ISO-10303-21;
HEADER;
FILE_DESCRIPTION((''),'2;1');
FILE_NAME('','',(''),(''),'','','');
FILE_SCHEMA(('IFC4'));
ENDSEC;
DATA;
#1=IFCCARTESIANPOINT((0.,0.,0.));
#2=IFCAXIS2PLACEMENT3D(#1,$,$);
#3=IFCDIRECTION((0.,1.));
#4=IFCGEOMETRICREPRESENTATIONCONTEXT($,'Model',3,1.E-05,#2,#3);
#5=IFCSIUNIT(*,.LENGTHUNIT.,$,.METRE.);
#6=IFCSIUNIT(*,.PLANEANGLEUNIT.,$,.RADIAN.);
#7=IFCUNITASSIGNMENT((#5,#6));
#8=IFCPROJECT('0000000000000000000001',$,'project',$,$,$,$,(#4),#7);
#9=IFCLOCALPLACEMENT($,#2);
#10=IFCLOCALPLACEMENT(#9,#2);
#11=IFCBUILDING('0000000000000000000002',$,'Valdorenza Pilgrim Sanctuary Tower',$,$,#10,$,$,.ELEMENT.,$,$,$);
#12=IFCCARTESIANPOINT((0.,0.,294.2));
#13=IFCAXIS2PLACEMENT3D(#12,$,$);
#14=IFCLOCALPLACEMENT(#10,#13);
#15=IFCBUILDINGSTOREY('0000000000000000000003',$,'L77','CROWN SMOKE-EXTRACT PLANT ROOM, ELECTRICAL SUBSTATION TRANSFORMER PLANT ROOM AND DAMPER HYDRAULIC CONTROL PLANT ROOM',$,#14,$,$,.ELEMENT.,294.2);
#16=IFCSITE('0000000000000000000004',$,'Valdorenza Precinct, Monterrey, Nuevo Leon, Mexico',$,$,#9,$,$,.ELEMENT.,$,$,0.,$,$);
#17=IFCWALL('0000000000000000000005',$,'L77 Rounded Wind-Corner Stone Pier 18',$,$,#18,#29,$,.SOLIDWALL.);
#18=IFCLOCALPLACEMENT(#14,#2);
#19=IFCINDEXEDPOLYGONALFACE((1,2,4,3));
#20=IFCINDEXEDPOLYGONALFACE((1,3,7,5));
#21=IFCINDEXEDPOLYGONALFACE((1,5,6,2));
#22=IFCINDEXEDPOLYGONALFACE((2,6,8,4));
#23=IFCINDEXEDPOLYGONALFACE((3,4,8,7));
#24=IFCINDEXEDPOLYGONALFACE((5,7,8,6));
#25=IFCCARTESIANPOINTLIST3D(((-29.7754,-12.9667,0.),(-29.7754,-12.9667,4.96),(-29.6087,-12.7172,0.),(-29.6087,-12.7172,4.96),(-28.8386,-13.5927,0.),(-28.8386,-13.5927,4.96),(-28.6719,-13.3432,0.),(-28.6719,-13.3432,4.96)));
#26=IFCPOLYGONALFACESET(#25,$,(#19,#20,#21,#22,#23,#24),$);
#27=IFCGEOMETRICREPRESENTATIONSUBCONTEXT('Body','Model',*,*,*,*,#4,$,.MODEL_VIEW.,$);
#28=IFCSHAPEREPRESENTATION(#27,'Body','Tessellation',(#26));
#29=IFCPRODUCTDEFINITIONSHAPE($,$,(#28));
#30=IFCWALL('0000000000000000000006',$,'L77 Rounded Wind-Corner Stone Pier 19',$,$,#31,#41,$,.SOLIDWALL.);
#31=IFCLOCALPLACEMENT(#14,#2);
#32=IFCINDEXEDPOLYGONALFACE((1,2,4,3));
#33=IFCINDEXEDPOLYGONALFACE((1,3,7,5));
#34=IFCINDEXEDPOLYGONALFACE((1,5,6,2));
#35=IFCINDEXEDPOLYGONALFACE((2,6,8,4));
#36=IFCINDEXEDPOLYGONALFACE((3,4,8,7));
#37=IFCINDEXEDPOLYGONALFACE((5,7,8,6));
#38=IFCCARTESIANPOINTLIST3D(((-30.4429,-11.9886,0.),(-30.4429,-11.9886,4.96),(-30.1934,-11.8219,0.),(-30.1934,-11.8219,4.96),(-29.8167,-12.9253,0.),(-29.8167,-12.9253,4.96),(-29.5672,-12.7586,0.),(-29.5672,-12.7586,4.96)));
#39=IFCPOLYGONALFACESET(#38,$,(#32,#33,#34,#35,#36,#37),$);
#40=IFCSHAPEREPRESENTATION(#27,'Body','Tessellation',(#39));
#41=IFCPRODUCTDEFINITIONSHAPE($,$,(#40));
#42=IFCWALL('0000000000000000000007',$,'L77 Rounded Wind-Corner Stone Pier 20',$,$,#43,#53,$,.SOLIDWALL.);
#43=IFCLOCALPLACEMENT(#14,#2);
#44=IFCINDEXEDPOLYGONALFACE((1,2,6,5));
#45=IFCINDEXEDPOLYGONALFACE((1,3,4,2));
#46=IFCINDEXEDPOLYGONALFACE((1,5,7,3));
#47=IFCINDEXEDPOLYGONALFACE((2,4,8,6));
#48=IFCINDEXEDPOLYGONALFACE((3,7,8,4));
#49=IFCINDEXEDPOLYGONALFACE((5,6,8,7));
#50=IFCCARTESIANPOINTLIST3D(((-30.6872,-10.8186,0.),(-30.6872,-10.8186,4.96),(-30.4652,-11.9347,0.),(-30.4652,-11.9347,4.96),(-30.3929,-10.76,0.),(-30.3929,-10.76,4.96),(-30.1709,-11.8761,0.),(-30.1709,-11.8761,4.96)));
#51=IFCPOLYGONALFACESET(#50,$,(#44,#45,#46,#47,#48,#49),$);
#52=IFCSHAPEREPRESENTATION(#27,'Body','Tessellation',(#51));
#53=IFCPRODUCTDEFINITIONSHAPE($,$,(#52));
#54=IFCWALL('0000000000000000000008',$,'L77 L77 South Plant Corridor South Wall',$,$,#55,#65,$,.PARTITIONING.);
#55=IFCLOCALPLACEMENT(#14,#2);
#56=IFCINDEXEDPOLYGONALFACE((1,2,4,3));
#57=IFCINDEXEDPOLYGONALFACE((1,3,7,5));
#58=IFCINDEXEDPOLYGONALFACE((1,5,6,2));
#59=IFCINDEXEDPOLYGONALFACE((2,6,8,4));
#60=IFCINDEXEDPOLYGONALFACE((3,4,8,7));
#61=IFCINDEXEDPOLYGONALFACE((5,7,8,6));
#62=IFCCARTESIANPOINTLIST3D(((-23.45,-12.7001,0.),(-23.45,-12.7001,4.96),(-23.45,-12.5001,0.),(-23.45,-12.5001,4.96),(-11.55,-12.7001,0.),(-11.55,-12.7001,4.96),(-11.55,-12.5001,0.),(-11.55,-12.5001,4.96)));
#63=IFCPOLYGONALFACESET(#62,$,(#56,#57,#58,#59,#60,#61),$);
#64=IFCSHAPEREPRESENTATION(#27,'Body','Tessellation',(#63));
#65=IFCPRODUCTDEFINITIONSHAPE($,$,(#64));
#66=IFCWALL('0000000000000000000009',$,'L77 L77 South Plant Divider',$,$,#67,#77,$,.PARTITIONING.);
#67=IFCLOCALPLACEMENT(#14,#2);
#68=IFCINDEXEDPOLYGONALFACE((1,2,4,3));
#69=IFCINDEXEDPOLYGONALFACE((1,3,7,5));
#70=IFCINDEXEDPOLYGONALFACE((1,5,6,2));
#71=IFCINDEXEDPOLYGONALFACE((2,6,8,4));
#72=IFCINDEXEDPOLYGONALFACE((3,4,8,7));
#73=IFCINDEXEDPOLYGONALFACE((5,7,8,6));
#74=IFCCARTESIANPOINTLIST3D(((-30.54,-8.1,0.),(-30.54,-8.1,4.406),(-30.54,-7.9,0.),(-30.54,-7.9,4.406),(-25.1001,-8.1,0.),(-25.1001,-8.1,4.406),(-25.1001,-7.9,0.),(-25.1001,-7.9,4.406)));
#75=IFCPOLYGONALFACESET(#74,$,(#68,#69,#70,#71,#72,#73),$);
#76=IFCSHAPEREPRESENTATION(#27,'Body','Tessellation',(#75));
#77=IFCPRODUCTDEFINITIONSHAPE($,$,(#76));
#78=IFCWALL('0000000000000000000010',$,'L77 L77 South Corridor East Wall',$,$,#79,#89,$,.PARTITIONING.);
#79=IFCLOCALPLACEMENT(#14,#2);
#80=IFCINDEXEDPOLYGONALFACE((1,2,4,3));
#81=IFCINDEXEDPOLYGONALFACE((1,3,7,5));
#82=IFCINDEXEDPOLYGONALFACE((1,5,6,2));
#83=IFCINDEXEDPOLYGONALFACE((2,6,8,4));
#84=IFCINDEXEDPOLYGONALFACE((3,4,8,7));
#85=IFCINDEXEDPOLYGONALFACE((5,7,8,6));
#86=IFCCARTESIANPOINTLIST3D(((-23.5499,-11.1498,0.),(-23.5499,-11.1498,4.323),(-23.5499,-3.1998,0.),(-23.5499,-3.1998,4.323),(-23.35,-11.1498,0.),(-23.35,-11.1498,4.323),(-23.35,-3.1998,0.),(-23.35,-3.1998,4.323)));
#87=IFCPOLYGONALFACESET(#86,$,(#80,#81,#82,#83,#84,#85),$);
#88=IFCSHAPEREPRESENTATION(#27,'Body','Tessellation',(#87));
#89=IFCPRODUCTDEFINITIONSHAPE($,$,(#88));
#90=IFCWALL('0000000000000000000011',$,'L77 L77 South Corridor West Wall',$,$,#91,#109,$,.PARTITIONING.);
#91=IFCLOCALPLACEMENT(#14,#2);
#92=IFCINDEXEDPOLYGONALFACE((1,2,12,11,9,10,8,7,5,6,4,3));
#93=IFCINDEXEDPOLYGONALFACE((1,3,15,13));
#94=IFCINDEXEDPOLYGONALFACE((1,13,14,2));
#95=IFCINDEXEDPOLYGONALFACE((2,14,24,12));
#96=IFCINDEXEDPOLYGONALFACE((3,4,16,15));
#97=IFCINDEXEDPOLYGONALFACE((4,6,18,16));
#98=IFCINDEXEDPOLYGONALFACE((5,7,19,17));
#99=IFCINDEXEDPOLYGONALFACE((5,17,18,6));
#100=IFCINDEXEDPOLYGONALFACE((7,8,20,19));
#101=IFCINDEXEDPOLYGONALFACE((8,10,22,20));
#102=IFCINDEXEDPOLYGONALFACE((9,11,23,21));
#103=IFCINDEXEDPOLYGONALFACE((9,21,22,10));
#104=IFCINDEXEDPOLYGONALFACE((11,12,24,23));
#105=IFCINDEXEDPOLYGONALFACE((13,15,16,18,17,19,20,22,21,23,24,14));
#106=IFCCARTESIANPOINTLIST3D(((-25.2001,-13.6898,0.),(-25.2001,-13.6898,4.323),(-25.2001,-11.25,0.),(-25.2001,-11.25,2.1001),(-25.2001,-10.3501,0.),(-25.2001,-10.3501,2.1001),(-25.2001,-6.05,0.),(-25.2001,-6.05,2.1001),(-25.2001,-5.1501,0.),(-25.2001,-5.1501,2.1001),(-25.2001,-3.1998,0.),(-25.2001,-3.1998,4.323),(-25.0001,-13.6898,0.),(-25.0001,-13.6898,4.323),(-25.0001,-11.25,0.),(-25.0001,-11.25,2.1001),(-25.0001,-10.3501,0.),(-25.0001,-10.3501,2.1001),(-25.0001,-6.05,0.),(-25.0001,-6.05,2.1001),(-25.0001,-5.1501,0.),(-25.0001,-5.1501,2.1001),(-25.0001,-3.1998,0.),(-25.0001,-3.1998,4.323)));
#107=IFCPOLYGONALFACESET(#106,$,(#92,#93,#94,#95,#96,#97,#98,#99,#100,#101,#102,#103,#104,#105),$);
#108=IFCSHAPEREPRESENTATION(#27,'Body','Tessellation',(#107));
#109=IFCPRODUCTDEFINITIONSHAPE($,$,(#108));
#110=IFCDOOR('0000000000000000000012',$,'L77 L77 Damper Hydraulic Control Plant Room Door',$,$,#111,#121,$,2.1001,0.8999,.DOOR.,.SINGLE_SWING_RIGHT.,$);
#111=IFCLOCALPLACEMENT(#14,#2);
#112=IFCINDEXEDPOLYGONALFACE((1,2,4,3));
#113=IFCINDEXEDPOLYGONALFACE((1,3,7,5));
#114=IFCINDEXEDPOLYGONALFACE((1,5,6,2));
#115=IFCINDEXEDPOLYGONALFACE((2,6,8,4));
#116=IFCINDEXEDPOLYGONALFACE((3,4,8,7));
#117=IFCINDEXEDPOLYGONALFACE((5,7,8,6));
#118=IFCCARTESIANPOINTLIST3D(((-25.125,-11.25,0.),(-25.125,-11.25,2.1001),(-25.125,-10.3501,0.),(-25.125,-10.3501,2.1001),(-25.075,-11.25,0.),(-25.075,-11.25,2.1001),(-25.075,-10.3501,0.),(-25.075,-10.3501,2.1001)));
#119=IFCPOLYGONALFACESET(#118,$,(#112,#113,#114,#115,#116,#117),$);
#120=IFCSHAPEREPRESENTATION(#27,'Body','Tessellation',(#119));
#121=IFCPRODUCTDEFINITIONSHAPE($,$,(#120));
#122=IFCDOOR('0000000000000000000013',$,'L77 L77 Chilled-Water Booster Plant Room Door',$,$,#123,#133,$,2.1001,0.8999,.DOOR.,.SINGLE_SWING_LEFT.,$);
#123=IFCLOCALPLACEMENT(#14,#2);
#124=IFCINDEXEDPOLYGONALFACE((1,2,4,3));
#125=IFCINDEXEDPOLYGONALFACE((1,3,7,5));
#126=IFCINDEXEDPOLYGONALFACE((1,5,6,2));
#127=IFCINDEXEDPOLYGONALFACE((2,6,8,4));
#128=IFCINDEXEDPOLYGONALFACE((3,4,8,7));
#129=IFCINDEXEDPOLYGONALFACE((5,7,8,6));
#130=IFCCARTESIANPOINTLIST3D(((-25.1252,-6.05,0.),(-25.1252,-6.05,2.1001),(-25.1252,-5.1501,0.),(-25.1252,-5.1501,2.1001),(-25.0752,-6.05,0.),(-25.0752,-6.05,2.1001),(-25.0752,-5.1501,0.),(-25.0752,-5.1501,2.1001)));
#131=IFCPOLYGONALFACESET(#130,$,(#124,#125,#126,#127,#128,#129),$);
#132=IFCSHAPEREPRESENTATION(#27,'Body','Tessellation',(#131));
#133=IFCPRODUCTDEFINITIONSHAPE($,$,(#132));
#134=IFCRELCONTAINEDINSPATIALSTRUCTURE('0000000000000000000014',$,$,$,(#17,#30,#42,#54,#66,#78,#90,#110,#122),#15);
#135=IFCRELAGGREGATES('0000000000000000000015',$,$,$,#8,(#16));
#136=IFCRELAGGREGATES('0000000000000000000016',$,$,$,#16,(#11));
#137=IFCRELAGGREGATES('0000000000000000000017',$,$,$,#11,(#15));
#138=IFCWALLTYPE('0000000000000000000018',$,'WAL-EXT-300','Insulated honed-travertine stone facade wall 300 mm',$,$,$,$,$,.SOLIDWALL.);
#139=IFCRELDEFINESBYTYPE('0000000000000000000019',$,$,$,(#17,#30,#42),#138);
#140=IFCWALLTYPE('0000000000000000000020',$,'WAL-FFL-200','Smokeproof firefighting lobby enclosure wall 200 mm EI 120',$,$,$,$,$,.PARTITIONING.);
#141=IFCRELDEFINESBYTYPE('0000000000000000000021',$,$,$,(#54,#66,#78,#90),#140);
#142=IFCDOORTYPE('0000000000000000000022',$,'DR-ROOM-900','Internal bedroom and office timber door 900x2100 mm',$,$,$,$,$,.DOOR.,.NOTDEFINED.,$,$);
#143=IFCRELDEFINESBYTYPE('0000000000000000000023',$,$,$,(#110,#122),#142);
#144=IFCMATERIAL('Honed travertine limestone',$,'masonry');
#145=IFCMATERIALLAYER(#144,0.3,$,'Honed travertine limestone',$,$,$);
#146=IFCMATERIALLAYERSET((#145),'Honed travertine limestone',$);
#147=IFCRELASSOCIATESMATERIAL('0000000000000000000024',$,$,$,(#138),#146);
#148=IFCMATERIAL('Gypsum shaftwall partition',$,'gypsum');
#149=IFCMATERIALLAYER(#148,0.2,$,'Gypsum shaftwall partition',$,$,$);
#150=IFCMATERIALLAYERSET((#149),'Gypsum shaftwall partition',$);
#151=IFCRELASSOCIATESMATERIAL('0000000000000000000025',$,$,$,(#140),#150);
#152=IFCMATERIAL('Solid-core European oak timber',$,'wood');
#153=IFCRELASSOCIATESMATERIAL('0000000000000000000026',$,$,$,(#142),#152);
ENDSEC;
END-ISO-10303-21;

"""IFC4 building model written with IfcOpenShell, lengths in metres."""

from ifc_helpers import new_model, si_unit, direction, frame, frame_2d, origin, place, context, subcontext, project, spatial, rectangle, extrude, material, layer, layer_set, type_object, element, fill, save


model = new_model("IFC4")

# Units and contexts
model_context = context("Model", 3, precision=1e-05, world=origin(), true_north=direction((0.0, 1.0)))
body_context = subcontext(model_context, "Body", "Model", "MODEL_VIEW")
ifc_project = project(units=[si_unit("LENGTHUNIT", "METRE"), si_unit("PLANEANGLEUNIT", "RADIAN")], contexts=[model_context])

# Site, building, storey
site_placement = place(None, origin())
site = spatial("IfcSite", under=ifc_project, at=site_placement, Name="Valdorenza Precinct, Monterrey, Nuevo Leon, Mexico", CompositionType="ELEMENT", RefElevation=0.0)
building_placement = place(site_placement, origin())
building = spatial("IfcBuilding", under=site, at=building_placement, Name="Valdorenza Pilgrim Sanctuary Tower", CompositionType="ELEMENT")
storey_placement = place(building_placement, frame((0.0, 0.0, 294.2)))
storey = spatial("IfcBuildingStorey", under=building, at=storey_placement, Name="L77", Description="CROWN SMOKE-EXTRACT PLANT ROOM, ELECTRICAL SUBSTATION TRANSFORMER PLANT ROOM AND DAMPER HYDRAULIC CONTROL PLANT ROOM", CompositionType="ELEMENT", Elevation=294.2)

# Walls
ifc_material_1 = material(Name="Honed travertine limestone", Category="masonry")
ifc_layer_1 = layer(ifc_material_1, 0.3, Name="Honed travertine limestone")
ifc_layer_set_1 = layer_set([ifc_layer_1], Name="Honed travertine limestone")
wall_type_1 = type_object("IfcWallType", Name="WAL-EXT-300", Description="Insulated honed-travertine stone facade wall 300 mm", PredefinedType="SOLIDWALL", material=ifc_layer_set_1)
for number, where, z_axis, x_axis, name in (
    (1, (-28.7551, -13.468, 0.0), (0.0, 0.0, 1.0), (-0.83145, 0.5556, 0.0), "L77 Rounded Wind-Corner Stone Pier 18"),
    (2, (-29.6919, -12.842, 0.0), (0.0, 0.0, 1.0), (-0.55575, 0.83135, 0.0), "L77 Rounded Wind-Corner Stone Pier 19"),
):
    element("IfcWall", number, at=place(storey_placement, frame(where, z_axis=z_axis, x_axis=x_axis)), inside=storey, type_object=wall_type_1, Name=name, PredefinedType="SOLIDWALL", context=body_context, shape_type="SweptSolid", body=[
        extrude(rectangle(XDim=1.1267, YDim=0.3, at=frame_2d((0.5635, 0.0))), origin(), (0.0, 0.0, 1.0), 4.96),
    ])
wall_1_placement = place(storey_placement, frame((-30.3181, -11.9053, 0.0), z_axis=(0.0, 0.0, 1.0), x_axis=(-0.195043, 0.980795, 0.0)))
element("IfcWall", 3, at=wall_1_placement, inside=storey, type_object=wall_type_1, Name="L77 Rounded Wind-Corner Stone Pier 20", PredefinedType="SOLIDWALL", context=body_context, shape_type="SweptSolid", body=[
    extrude(rectangle(XDim=1.1379, YDim=0.3, at=frame_2d((0.5688, 0.0))), origin(), (0.0, 0.0, 1.0), 4.96),
])
ifc_material_2 = material(Name="Gypsum shaftwall partition", Category="gypsum")
ifc_layer_2 = layer(ifc_material_2, 0.2, Name="Gypsum shaftwall partition")
ifc_layer_set_2 = layer_set([ifc_layer_2], Name="Gypsum shaftwall partition")
wall_type_2 = type_object("IfcWallType", Name="WAL-FFL-200", Description="Smokeproof firefighting lobby enclosure wall 200 mm EI 120", PredefinedType="PARTITIONING", material=ifc_layer_set_2)
wall_2_placement = place(storey_placement, frame((-23.45, -12.6001, 0.0), z_axis=(0.0, 0.0, 1.0), x_axis=(1.0, 0.0, 0.0)))
element("IfcWall", 4, at=wall_2_placement, inside=storey, type_object=wall_type_2, Name="L77 L77 South Plant Corridor South Wall", PredefinedType="PARTITIONING", context=body_context, shape_type="SweptSolid", body=[
    extrude(rectangle(XDim=11.8999, YDim=0.2, at=frame_2d((5.95, 0.0))), origin(), (0.0, 0.0, 1.0), 4.96),
])
wall_3_placement = place(storey_placement, frame((-30.54, -8.0, 0.0), z_axis=(0.0, 0.0, 1.0), x_axis=(1.0, 0.0, 0.0)))
element("IfcWall", 5, at=wall_3_placement, inside=storey, type_object=wall_type_2, Name="L77 L77 South Plant Divider", PredefinedType="PARTITIONING", context=body_context, shape_type="SweptSolid", body=[
    extrude(rectangle(XDim=5.4399, YDim=0.2, at=frame_2d((2.72, 0.0))), origin(), (0.0, 0.0, 1.0), 4.406),
])
wall_4_placement = place(storey_placement, frame((-23.45, -11.1499, 0.0), z_axis=(0.0, 0.0, 1.0), x_axis=(0.0, 1.0, 0.0)))
element("IfcWall", 6, at=wall_4_placement, inside=storey, type_object=wall_type_2, Name="L77 L77 South Corridor East Wall", PredefinedType="PARTITIONING", context=body_context, shape_type="SweptSolid", body=[
    extrude(rectangle(XDim=7.95, YDim=0.2, at=frame_2d((3.9751, 0.0))), origin(), (0.0, 0.0, 1.0), 4.323),
])

# Wall, openings, doors
wall_5_placement = place(storey_placement, frame((-25.1001, -13.6899, 0.0), z_axis=(0.0, 0.0, 1.0), x_axis=(0.0, 1.0, 0.0)))
wall_5 = element("IfcWall", 7, at=wall_5_placement, inside=storey, type_object=wall_type_2, Name="L77 L77 South Corridor West Wall", PredefinedType="PARTITIONING", context=body_context, shape_type="SweptSolid", body=[
    extrude(rectangle(XDim=10.49, YDim=0.2, at=frame_2d((5.2451, 0.0))), origin(), (0.0, 0.0, 1.0), 4.323),
])
opening_1_placement = place(wall_5_placement, frame((2.4399, 0.0, 0.0)))
opening_1 = element("IfcOpeningElement", 8, at=opening_1_placement, cuts=wall_5, PredefinedType="OPENING", context=body_context, shape_type="SweptSolid", body=[
    extrude(rectangle(XDim=0.8999, YDim=2.1001, at=frame_2d((0.45, 1.05))), frame((0.0, 0.1147, 0.0), z_axis=(0.0, -1.0, 0.0), x_axis=(1.0, 0.0, 0.0)), (0.0, 0.0, 1.0), 0.2297),
])
opening_2_placement = place(wall_5_placement, frame((7.6399, 0.0, 0.0)))
opening_2 = element("IfcOpeningElement", 9, at=opening_2_placement, cuts=wall_5, PredefinedType="OPENING", context=body_context, shape_type="SweptSolid", body=[
    extrude(rectangle(XDim=0.8999, YDim=2.1001, at=frame_2d((0.45, 1.05))), frame((0.0, 0.1147, 0.0), z_axis=(0.0, -1.0, 0.0), x_axis=(1.0, 0.0, 0.0)), (0.0, 0.0, 1.0), 0.2297),
])
ifc_material_3 = material(Name="Solid-core European oak timber", Category="wood")
door_type = type_object("IfcDoorType", Name="DR-ROOM-900", Description="Internal bedroom and office timber door 900x2100 mm", OperationType="NOTDEFINED", PredefinedType="DOOR", material=ifc_material_3)
door_1_placement = place(opening_1_placement, origin())
door_1 = element("IfcDoor", 10, at=door_1_placement, inside=storey, type_object=door_type, Name="L77 L77 Damper Hydraulic Control Plant Room Door", OperationType="SINGLE_SWING_RIGHT", OverallHeight=2.1001, OverallWidth=0.8999, PredefinedType="DOOR", context=body_context, shape_type="SweptSolid", body=[
    extrude(rectangle(XDim=0.8999, YDim=2.1001, at=frame_2d((0.45, 1.05))), frame((0.0, 0.0249, 0.0), z_axis=(0.0, -1.0, 0.0), x_axis=(1.0, 0.0, 0.0)), (0.0, 0.0, 1.0), 0.05),
])
fill(opening_1, door_1)
door_2_placement = place(opening_2_placement, frame((0.8999, 0.0, 0.0), z_axis=(0.0, 0.0, 1.0), x_axis=(-1.0, 0.0, 0.0)))
door_2 = element("IfcDoor", 11, at=door_2_placement, inside=storey, type_object=door_type, Name="L77 L77 Chilled-Water Booster Plant Room Door", OperationType="SINGLE_SWING_LEFT", OverallHeight=2.1001, OverallWidth=0.8999, PredefinedType="DOOR", context=body_context, shape_type="SweptSolid", body=[
    extrude(rectangle(XDim=0.8999, YDim=2.1001, at=frame_2d((0.45, 1.05))), frame((0.0, 0.0249, 0.0), z_axis=(0.0, -1.0, 0.0), x_axis=(1.0, 0.0, 0.0)), (0.0, 0.0, 1.0), 0.05),
])
fill(opening_2, door_2)

save(model, "model.ifc")
